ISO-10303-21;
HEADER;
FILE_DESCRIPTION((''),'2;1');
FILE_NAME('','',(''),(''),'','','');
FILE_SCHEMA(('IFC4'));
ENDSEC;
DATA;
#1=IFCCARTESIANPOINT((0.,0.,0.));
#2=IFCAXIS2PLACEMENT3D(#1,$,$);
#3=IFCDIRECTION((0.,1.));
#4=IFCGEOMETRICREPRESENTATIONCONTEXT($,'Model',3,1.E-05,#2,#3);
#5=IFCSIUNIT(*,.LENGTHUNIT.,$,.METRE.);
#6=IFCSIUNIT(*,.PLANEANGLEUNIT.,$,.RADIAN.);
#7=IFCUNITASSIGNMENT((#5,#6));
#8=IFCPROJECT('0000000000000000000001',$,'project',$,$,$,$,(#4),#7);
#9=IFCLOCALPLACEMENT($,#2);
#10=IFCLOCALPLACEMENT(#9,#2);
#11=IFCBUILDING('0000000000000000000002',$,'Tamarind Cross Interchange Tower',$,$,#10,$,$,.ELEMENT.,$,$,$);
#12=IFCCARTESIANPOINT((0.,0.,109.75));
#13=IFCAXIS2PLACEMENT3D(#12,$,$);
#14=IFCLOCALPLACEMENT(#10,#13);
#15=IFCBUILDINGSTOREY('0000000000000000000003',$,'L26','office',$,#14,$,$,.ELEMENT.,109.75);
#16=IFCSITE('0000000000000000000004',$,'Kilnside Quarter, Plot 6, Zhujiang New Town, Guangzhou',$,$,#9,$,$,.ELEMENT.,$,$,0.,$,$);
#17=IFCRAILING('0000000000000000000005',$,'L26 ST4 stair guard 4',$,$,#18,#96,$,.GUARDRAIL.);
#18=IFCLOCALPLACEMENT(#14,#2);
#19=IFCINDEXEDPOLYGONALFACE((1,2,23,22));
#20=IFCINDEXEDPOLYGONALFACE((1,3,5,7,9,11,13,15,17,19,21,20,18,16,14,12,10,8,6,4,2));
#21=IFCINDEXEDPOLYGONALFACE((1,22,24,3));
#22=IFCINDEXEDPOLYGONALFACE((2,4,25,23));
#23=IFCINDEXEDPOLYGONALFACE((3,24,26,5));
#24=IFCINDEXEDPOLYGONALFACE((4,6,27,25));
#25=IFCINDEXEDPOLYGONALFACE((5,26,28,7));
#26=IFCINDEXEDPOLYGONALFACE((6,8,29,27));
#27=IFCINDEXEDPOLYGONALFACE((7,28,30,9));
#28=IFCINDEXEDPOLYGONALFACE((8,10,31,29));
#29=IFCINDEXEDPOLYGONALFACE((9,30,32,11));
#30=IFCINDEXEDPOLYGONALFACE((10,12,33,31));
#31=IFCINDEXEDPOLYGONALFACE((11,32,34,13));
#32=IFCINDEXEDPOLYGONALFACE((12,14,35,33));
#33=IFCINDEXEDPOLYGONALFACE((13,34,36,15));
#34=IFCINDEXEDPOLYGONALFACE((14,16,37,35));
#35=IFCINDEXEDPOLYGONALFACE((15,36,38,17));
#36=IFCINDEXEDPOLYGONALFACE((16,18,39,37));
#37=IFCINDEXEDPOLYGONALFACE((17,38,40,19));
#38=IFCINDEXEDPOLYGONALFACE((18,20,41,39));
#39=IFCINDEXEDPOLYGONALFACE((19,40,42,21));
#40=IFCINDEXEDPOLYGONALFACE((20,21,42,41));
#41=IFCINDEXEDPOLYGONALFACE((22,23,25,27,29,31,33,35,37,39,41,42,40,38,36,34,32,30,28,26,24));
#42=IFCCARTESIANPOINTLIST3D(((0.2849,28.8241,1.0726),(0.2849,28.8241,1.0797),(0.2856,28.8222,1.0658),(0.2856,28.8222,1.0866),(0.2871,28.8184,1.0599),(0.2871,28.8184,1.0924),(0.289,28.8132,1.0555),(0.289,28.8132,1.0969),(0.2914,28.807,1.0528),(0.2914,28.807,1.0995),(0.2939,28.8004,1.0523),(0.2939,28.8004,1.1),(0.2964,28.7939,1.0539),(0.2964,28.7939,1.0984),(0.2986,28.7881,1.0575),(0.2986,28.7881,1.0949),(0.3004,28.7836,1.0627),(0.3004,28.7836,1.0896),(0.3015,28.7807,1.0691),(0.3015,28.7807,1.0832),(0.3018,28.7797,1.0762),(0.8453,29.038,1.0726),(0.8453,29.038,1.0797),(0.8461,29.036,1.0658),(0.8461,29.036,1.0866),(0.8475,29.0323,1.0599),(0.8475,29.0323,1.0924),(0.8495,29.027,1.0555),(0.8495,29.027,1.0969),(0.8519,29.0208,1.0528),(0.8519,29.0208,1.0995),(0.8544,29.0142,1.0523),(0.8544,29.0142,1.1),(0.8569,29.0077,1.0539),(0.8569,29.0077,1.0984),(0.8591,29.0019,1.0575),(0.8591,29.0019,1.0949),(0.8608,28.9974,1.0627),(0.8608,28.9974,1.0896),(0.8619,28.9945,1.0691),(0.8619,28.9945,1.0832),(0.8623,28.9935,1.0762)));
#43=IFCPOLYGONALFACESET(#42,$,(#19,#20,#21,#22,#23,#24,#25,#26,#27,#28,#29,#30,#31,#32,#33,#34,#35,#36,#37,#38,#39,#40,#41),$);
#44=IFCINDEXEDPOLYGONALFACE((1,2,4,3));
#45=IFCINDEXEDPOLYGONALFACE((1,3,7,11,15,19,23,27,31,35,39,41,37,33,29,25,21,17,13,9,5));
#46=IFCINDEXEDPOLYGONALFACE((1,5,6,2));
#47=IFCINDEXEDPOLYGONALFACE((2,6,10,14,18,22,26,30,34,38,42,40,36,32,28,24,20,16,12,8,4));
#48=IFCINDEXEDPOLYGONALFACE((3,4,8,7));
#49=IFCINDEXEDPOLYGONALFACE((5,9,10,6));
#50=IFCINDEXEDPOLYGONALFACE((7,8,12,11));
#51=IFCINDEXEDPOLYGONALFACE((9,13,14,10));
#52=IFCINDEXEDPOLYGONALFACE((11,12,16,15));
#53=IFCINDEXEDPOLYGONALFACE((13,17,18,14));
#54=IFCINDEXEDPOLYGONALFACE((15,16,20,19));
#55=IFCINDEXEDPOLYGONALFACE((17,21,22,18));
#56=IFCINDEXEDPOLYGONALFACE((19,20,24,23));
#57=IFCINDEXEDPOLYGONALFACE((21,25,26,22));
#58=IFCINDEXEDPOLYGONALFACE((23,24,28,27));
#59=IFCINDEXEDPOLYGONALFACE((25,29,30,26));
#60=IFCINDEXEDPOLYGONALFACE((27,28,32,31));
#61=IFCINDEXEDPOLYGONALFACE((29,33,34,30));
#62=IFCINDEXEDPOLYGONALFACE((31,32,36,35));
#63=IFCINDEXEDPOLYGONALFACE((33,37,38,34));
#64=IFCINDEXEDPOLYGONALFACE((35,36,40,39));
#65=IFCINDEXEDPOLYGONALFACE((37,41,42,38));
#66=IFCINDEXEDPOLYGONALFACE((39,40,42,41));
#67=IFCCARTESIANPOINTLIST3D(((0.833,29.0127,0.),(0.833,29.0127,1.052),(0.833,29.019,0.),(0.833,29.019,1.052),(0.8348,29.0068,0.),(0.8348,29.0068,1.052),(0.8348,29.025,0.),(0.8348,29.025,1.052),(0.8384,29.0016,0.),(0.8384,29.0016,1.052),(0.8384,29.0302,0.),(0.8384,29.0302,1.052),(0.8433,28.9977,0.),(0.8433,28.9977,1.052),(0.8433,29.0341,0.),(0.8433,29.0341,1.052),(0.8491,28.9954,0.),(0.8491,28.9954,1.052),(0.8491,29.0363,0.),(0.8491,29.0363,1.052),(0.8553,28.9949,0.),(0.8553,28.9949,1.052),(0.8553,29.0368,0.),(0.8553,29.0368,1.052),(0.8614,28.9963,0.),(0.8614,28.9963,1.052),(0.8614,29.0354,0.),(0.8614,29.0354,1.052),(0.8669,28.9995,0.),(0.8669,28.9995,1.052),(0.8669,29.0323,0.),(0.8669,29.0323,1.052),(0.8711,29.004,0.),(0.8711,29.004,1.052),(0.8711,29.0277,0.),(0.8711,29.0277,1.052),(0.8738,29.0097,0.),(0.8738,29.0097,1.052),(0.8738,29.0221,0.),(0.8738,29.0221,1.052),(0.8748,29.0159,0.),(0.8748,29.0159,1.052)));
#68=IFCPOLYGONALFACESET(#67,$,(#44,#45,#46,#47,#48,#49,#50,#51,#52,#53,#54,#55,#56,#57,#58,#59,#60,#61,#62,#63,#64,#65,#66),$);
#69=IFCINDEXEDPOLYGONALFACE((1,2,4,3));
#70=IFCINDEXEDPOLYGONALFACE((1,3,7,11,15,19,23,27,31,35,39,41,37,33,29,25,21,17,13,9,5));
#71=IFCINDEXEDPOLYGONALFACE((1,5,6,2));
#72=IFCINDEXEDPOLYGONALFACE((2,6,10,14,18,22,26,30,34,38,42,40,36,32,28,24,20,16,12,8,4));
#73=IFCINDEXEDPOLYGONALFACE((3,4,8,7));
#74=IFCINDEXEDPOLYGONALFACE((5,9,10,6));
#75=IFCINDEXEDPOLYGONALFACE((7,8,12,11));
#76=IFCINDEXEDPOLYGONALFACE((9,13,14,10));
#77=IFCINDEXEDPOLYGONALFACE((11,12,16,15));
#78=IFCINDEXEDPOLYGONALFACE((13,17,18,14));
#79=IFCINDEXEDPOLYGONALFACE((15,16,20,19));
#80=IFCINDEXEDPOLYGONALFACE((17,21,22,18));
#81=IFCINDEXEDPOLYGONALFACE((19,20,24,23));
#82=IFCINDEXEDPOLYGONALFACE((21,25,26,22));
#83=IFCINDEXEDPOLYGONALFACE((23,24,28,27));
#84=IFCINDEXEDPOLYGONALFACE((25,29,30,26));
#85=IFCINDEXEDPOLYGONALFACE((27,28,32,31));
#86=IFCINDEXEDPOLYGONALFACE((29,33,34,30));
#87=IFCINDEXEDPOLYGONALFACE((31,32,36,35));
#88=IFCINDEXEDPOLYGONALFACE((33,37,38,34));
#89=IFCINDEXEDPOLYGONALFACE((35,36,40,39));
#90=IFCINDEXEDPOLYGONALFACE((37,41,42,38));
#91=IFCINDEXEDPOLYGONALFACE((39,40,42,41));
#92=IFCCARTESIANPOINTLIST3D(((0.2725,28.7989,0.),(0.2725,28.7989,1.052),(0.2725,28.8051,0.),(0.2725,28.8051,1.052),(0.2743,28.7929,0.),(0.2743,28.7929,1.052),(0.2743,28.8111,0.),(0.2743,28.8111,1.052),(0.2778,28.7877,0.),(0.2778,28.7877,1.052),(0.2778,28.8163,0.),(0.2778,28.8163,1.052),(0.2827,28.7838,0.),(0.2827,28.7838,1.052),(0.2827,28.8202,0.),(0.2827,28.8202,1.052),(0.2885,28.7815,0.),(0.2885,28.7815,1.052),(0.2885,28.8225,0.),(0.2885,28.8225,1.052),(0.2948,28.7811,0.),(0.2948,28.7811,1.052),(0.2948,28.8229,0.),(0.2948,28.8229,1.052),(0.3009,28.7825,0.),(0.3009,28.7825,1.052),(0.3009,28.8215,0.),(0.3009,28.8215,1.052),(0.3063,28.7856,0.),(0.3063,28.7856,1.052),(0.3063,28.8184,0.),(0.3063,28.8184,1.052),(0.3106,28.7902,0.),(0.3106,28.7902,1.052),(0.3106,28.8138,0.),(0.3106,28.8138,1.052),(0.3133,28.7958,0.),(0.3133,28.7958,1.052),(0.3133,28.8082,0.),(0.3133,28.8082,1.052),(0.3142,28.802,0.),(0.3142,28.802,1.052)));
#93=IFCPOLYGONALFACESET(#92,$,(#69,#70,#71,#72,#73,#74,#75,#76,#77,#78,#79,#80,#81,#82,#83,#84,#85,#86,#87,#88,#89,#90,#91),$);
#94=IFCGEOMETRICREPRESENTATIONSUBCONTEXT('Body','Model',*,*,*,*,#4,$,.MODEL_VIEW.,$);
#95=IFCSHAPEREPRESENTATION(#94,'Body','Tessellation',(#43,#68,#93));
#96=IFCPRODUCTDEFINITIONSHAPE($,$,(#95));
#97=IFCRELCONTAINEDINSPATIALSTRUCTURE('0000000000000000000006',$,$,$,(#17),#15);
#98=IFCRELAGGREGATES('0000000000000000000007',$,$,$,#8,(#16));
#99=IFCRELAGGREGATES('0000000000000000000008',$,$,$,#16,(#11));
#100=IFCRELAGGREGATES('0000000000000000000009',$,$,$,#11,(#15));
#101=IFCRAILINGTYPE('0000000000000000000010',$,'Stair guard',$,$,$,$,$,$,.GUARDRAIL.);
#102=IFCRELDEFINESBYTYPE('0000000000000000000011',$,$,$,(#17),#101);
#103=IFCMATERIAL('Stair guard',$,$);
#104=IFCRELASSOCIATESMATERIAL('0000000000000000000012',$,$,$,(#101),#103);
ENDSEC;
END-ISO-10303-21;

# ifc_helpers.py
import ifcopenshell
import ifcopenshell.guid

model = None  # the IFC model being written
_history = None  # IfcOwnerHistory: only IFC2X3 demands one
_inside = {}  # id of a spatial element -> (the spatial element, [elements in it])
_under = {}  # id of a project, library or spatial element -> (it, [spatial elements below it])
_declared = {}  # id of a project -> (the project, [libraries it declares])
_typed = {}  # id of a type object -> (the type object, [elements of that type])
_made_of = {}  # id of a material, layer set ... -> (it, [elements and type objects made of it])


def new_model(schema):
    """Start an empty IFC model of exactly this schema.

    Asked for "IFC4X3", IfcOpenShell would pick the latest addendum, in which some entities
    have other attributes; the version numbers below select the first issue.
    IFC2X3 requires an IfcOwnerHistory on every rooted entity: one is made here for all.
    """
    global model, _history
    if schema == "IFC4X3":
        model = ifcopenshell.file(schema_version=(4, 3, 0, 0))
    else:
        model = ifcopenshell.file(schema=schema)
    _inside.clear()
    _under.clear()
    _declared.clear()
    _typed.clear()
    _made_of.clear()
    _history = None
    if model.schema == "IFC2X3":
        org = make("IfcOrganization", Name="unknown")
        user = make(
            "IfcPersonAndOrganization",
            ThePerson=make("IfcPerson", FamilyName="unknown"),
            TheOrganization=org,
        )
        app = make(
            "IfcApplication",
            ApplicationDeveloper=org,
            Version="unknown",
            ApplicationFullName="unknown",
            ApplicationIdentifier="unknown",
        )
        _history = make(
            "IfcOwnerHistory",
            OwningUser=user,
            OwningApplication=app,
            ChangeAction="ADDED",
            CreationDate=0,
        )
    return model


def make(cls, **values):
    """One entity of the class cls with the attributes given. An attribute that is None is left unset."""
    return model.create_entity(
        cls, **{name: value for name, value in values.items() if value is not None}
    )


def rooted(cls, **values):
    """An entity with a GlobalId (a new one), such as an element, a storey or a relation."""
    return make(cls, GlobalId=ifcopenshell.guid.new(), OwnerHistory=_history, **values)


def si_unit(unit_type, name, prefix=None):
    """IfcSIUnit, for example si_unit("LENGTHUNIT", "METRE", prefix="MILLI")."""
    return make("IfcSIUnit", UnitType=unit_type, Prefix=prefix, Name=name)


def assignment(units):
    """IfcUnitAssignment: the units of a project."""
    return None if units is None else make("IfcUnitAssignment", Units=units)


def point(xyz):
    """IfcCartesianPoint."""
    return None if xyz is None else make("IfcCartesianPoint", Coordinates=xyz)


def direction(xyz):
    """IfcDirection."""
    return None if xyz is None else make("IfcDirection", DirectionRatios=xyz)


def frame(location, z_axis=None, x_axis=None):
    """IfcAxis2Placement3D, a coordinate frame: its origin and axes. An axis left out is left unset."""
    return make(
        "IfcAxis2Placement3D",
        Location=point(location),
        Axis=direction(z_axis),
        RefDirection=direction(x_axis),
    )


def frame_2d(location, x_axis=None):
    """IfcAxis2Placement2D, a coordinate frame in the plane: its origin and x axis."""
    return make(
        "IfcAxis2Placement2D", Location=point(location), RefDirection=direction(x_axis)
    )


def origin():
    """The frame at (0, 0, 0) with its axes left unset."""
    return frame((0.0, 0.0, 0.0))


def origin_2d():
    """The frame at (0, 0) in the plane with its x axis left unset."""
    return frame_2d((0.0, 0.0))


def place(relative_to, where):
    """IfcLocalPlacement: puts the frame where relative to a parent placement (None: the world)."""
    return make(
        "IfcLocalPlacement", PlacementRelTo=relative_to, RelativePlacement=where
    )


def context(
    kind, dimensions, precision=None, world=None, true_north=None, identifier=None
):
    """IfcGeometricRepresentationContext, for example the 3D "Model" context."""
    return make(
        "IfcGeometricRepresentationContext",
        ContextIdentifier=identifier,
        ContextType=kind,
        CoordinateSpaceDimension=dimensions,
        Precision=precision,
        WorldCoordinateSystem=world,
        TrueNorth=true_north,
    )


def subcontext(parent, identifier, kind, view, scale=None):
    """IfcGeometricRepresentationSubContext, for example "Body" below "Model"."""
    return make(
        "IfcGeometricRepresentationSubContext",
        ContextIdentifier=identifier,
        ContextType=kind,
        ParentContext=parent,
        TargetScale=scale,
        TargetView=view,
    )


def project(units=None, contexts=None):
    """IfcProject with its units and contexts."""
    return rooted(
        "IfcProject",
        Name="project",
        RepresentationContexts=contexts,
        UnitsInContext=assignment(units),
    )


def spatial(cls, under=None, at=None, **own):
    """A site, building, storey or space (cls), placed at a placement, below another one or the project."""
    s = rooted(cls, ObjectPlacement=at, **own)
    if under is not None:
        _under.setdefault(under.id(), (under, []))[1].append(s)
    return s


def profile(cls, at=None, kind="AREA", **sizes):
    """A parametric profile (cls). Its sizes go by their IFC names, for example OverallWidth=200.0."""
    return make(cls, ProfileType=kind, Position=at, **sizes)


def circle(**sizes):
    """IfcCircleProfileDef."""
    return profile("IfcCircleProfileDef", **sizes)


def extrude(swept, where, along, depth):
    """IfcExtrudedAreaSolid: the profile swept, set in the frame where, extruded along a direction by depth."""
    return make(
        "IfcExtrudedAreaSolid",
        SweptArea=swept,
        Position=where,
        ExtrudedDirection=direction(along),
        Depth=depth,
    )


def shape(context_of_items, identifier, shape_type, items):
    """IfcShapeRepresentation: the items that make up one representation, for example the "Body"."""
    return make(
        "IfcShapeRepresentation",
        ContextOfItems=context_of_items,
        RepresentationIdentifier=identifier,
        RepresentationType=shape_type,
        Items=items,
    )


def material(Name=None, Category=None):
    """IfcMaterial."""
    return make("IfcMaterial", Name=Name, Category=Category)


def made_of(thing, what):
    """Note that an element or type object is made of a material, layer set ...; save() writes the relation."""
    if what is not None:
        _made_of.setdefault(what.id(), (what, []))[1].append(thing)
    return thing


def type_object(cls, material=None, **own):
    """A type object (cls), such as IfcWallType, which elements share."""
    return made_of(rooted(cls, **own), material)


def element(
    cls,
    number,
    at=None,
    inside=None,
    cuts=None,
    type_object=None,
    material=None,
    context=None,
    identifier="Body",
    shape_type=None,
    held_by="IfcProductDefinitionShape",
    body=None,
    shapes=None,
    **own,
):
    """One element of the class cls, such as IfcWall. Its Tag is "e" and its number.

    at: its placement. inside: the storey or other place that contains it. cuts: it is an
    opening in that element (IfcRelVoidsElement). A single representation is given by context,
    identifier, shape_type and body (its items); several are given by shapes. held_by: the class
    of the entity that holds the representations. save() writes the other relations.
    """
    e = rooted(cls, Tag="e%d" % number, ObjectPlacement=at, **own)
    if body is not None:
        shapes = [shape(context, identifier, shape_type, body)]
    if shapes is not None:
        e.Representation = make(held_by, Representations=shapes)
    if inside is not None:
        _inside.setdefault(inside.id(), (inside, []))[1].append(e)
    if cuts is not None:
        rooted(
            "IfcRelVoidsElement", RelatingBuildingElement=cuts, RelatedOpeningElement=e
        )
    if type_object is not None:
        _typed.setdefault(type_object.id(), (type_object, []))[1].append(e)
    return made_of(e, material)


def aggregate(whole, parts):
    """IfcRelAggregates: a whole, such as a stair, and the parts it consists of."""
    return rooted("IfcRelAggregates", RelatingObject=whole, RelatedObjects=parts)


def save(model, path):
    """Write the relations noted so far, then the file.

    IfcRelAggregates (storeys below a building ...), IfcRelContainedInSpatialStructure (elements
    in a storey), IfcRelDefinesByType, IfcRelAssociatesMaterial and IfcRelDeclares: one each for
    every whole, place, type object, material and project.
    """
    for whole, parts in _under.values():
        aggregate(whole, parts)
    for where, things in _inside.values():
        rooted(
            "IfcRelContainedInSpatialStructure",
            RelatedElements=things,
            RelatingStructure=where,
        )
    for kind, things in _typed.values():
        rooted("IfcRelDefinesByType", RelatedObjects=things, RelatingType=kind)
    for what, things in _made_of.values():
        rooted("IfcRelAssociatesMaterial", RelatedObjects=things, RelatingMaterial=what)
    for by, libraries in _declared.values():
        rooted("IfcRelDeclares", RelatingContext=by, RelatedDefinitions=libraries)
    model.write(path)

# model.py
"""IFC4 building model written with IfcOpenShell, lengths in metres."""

from ifc_helpers import new_model, si_unit, direction, frame, origin, origin_2d, place, context, subcontext, project, spatial, circle, extrude, material, type_object, element, save


model = new_model("IFC4")

# Units and contexts
model_context = context("Model", 3, precision=1e-05, world=origin(), true_north=direction((0.0, 1.0)))
body_context = subcontext(model_context, "Body", "Model", "MODEL_VIEW")
ifc_project = project(units=[si_unit("LENGTHUNIT", "METRE"), si_unit("PLANEANGLEUNIT", "RADIAN")], contexts=[model_context])

# Site, building, storey
site_placement = place(None, origin())
site = spatial("IfcSite", under=ifc_project, at=site_placement, Name="Kilnside Quarter, Plot 6, Zhujiang New Town, Guangzhou", CompositionType="ELEMENT", RefElevation=0.0)
building_placement = place(site_placement, origin())
building = spatial("IfcBuilding", under=site, at=building_placement, Name="Tamarind Cross Interchange Tower", CompositionType="ELEMENT")
storey_placement = place(building_placement, frame((0.0, 0.0, 109.75)))
storey = spatial("IfcBuildingStorey", under=building, at=storey_placement, Name="L26", Description="office", CompositionType="ELEMENT", Elevation=109.75)

# Railing
ifc_material_1 = material(Name="Stair guard")
railing_type_1 = type_object("IfcRailingType", Name="Stair guard", PredefinedType="GUARDRAIL", material=ifc_material_1)
railing_1_placement = place(storey_placement, frame((0.8538, 29.0159, 0.0)))
element("IfcRailing", 1, at=railing_1_placement, inside=storey, type_object=railing_type_1, Name="L26 ST4 stair guard 4", PredefinedType="GUARDRAIL", context=body_context, shape_type="SweptSolid", body=[
    extrude(circle(Radius=0.0239, at=origin_2d()), frame((0.0, 0.0, 1.0762), z_axis=(-0.934307, -0.356469, 0.0), x_axis=(0.356469, -0.934307, 0.0)), (0.0, 0.0, 1.0), 0.5999),
    extrude(circle(Radius=0.021, at=origin_2d()), origin(), (0.0, 0.0, 1.0), 1.052),
    extrude(circle(Radius=0.021, at=origin_2d()), frame((-0.5605, -0.2139, 0.0)), (0.0, 0.0, 1.0), 1.052),
])

save(model, "model.ifc")
